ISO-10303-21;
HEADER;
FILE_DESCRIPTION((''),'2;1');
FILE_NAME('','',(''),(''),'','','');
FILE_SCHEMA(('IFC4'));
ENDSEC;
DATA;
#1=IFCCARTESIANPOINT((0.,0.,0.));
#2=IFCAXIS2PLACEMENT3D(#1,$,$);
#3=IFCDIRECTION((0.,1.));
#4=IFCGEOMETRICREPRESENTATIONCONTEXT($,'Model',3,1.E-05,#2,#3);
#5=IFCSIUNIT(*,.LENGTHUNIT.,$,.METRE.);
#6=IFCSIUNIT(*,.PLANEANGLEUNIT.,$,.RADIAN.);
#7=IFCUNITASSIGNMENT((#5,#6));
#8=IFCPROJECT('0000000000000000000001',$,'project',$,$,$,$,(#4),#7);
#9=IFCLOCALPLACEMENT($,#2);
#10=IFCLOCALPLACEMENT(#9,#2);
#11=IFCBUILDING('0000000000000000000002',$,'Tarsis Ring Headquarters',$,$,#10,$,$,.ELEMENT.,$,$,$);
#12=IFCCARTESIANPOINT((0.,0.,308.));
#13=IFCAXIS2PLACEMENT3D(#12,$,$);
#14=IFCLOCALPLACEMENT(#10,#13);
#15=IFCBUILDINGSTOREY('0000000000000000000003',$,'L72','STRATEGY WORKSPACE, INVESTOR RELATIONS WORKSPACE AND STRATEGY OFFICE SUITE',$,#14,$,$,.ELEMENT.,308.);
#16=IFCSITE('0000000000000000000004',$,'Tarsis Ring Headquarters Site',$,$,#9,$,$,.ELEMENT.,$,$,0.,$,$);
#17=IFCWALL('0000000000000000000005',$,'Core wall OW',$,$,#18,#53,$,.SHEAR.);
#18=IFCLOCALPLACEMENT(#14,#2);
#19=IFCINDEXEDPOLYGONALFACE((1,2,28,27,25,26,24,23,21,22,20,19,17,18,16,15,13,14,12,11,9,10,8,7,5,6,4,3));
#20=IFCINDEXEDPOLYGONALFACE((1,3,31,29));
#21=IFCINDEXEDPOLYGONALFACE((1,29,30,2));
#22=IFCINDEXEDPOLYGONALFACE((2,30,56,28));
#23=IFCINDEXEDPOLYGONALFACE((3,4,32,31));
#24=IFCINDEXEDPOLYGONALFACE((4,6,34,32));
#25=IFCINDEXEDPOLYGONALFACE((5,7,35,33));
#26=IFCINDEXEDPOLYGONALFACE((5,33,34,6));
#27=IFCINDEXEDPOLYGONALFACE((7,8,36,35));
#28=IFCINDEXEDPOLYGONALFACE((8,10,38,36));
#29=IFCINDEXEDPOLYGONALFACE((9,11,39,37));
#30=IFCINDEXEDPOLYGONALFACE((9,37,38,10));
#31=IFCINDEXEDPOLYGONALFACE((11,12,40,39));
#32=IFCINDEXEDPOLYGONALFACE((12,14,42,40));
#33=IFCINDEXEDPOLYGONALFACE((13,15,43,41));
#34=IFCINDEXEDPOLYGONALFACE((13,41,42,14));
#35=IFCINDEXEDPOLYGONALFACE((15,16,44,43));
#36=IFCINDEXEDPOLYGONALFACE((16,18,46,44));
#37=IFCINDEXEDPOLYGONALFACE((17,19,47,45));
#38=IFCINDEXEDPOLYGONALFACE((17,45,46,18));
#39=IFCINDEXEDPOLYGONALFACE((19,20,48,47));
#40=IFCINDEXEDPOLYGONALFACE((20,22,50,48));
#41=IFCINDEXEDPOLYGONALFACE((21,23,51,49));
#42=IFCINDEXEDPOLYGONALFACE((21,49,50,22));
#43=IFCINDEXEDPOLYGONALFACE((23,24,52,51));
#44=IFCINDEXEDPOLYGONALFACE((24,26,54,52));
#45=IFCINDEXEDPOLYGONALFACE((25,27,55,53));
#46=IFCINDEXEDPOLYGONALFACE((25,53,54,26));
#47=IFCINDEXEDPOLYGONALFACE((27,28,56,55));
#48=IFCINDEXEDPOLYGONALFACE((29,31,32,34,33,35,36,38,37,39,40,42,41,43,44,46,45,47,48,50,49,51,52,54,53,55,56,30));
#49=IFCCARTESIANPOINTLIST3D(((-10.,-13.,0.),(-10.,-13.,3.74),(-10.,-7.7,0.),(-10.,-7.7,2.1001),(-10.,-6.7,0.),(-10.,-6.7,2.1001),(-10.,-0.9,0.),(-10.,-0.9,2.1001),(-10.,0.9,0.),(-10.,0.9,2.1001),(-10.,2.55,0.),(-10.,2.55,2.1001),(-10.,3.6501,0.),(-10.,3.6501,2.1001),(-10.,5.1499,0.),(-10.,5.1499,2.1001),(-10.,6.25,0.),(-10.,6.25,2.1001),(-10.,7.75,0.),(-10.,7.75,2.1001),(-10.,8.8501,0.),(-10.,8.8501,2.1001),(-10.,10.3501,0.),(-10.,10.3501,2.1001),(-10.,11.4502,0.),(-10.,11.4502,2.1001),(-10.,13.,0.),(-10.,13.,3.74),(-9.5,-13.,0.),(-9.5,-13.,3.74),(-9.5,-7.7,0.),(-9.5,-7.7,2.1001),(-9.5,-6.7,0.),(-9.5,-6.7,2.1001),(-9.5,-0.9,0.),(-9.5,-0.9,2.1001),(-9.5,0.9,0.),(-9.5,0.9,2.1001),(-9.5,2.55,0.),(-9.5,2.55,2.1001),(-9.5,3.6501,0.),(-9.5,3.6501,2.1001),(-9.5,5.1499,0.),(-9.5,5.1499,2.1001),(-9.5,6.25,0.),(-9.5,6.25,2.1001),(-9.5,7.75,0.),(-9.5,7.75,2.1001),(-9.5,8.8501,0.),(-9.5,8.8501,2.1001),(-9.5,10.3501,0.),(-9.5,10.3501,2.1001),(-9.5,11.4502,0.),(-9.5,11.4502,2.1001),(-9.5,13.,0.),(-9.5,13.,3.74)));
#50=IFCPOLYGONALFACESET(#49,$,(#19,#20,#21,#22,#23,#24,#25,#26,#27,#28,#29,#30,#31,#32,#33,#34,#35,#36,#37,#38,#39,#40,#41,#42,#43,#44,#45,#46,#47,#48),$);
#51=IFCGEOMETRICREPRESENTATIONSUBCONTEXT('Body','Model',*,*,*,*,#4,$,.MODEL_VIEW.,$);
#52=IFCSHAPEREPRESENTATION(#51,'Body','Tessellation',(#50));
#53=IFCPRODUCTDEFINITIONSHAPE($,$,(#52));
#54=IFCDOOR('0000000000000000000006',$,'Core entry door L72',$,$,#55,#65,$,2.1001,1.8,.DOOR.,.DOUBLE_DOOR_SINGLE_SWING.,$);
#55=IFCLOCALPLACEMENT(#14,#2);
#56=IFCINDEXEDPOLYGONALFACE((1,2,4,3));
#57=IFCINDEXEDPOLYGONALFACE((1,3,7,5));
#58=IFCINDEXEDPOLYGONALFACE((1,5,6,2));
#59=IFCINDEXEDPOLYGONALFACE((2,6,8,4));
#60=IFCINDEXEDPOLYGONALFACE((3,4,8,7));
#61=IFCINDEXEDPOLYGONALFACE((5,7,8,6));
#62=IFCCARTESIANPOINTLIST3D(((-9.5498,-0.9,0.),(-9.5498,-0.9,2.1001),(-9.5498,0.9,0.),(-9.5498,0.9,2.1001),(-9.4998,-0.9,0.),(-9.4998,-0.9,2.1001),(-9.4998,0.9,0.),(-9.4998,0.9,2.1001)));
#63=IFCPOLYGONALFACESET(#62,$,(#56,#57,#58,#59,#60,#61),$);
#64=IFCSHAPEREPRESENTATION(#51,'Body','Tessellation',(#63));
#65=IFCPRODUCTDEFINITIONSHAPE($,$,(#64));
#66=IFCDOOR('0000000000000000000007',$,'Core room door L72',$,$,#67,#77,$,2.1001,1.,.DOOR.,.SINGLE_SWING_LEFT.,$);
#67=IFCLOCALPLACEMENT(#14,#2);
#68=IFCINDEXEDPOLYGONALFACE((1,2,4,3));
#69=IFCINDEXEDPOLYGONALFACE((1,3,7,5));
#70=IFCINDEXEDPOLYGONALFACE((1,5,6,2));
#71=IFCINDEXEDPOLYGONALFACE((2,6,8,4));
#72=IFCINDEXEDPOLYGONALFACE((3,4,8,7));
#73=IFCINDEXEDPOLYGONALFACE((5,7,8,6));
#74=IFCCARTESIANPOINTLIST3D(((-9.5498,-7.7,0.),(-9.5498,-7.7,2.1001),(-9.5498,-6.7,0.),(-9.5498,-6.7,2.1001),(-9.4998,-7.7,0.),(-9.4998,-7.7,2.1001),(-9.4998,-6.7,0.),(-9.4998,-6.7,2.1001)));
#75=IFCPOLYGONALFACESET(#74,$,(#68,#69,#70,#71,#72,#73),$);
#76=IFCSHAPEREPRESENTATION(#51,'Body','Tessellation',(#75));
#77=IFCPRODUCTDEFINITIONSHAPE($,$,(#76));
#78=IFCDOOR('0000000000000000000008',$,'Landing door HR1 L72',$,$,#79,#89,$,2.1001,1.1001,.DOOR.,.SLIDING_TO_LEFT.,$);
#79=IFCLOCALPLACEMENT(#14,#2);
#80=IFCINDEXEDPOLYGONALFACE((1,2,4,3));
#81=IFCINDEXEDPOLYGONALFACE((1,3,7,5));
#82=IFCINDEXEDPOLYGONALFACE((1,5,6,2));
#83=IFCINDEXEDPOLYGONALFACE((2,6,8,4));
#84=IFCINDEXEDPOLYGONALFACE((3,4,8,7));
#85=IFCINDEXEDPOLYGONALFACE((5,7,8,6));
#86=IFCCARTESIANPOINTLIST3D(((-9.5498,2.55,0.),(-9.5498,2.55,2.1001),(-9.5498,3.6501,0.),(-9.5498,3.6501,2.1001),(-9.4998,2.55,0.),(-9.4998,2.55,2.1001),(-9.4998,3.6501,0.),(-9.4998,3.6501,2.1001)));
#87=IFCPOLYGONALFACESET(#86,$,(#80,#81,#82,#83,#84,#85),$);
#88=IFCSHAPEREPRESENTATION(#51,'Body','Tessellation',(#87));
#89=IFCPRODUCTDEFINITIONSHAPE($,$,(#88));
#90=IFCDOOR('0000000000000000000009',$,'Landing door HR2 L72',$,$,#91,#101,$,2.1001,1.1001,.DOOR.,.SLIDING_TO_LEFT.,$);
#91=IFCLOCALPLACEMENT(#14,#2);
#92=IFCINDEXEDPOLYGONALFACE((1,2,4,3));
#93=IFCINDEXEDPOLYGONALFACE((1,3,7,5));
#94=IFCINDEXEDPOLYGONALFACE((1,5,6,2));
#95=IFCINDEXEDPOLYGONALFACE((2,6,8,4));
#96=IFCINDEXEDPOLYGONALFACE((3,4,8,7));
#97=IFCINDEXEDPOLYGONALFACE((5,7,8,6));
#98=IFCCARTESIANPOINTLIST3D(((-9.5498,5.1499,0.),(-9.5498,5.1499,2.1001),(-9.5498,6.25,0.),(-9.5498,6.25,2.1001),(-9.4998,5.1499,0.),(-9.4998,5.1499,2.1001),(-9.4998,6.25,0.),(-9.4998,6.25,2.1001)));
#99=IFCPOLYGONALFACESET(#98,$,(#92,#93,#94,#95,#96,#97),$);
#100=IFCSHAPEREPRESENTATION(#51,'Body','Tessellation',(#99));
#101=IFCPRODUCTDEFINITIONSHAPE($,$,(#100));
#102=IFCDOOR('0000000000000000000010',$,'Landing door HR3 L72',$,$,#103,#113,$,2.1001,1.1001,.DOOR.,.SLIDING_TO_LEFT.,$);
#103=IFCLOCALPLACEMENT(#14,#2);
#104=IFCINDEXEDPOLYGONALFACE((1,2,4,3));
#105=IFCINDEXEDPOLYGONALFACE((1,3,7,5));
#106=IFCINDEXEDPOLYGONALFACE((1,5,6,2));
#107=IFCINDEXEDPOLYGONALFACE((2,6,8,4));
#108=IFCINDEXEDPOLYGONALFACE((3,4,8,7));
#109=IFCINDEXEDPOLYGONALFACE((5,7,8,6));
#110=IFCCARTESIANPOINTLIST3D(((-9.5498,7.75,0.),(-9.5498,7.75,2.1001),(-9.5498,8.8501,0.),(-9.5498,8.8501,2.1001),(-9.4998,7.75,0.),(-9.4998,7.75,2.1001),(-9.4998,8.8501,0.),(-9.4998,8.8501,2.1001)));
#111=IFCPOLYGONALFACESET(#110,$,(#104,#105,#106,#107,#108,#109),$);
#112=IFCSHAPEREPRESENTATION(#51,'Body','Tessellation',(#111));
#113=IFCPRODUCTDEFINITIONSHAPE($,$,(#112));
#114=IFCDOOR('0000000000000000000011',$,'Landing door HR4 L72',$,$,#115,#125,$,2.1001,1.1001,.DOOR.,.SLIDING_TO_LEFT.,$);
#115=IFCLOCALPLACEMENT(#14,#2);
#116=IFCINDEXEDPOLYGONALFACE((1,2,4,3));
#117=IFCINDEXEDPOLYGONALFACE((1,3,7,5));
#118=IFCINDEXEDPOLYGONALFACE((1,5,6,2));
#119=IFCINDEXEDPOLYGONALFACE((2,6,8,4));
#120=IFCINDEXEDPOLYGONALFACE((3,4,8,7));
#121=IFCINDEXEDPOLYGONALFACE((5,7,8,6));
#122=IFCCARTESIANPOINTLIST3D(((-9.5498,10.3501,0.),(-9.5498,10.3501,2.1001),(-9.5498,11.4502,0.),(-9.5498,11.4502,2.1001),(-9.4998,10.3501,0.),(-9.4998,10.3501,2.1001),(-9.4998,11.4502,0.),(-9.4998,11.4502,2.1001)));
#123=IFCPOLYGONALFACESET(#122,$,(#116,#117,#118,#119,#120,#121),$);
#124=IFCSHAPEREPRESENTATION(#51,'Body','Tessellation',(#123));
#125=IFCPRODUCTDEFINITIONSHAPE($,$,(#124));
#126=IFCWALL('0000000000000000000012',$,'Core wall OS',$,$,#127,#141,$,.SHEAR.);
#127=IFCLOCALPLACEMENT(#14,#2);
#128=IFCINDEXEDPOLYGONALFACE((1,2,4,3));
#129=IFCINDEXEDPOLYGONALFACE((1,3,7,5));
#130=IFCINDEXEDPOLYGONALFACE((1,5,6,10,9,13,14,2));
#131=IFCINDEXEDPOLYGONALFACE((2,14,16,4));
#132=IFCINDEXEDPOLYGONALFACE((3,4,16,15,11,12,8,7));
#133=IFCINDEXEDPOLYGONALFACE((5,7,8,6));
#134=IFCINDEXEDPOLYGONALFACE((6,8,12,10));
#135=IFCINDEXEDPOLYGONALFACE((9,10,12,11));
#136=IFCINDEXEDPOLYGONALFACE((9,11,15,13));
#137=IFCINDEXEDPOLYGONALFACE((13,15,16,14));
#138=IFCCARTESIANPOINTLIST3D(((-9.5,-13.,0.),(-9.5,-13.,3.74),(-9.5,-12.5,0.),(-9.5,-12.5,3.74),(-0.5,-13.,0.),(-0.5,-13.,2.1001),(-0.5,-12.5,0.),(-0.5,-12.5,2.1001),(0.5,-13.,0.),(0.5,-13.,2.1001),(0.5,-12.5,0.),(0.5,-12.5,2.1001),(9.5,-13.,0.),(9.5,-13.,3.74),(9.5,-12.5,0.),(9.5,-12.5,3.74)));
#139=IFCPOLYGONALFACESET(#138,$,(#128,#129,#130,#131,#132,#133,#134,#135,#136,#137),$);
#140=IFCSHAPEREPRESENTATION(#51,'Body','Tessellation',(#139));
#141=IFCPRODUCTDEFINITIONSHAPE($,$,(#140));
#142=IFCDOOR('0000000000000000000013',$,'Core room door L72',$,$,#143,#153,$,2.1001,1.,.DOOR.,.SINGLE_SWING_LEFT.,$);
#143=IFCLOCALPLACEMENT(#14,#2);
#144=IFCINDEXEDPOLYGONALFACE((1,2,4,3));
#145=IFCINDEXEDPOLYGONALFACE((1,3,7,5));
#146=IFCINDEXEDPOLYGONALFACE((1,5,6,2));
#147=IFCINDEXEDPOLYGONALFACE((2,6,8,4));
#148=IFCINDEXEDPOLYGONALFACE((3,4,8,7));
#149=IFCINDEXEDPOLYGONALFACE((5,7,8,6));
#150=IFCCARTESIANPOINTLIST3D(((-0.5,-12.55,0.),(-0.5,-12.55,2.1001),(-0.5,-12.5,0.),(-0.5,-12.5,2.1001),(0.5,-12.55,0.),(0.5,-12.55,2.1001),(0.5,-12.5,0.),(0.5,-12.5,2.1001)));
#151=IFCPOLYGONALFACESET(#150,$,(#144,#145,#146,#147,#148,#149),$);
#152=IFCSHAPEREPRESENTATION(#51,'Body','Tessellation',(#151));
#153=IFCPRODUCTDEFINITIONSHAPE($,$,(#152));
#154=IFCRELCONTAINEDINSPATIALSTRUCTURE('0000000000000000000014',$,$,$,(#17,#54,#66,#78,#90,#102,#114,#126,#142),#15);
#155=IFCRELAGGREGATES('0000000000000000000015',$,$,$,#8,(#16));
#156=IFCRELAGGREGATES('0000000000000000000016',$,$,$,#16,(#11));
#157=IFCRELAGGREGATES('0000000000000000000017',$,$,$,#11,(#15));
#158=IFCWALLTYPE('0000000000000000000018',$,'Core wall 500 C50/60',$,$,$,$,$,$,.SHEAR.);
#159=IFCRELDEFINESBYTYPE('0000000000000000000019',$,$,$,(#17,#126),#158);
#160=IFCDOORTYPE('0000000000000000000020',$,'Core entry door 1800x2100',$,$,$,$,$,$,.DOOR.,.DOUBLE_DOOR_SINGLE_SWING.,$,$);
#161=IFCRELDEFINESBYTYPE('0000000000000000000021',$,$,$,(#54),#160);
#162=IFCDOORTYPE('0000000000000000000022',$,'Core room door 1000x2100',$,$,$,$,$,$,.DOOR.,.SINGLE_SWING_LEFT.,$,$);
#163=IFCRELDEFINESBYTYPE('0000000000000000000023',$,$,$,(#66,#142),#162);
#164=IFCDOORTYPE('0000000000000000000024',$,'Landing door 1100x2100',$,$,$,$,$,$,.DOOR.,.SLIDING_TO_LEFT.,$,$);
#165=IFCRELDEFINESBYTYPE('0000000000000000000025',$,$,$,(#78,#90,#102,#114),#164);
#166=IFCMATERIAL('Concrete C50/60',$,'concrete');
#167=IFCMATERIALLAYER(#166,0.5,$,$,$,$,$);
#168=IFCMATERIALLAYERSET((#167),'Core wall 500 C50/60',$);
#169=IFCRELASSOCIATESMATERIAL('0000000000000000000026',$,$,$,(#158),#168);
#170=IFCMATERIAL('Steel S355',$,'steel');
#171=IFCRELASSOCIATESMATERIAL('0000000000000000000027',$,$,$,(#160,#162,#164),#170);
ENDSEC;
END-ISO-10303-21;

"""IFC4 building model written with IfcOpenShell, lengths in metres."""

from ifc_helpers import new_model, si_unit, direction, frame, frame_2d, origin, place, context, subcontext, project, spatial, rectangle, extrude, material, layer, layer_set, type_object, element, fill, save


model = new_model("IFC4")

# Units and contexts
model_context = context("Model", 3, precision=1e-05, world=origin(), true_north=direction((0.0, 1.0)))
body_context = subcontext(model_context, "Body", "Model", "MODEL_VIEW")
ifc_project = project(units=[si_unit("LENGTHUNIT", "METRE"), si_unit("PLANEANGLEUNIT", "RADIAN")], contexts=[model_context])

# Site, building, storey
site_placement = place(None, origin())
site = spatial("IfcSite", under=ifc_project, at=site_placement, Name="Tarsis Ring Headquarters Site", CompositionType="ELEMENT", RefElevation=0.0)
building_placement = place(site_placement, origin())
building = spatial("IfcBuilding", under=site, at=building_placement, Name="Tarsis Ring Headquarters", CompositionType="ELEMENT")
storey_placement = place(building_placement, frame((0.0, 0.0, 308.0)))
storey = spatial("IfcBuildingStorey", under=building, at=storey_placement, Name="L72", Description="STRATEGY WORKSPACE, INVESTOR RELATIONS WORKSPACE AND STRATEGY OFFICE SUITE", CompositionType="ELEMENT", Elevation=308.0)

# Wall, openings, doors
ifc_material_1 = material(Name="Concrete C50/60", Category="concrete")
ifc_layer_1 = layer(ifc_material_1, 0.5)
ifc_layer_set_1 = layer_set([ifc_layer_1], Name="Core wall 500 C50/60")
wall_type_1 = type_object("IfcWallType", Name="Core wall 500 C50/60", PredefinedType="SHEAR", material=ifc_layer_set_1)
wall_1_placement = place(storey_placement, frame((-9.75, -13.0, 0.0), z_axis=(0.0, 0.0, 1.0), x_axis=(0.0, 1.0, 0.0)))
wall_1 = element("IfcWall", 1, at=wall_1_placement, inside=storey, type_object=wall_type_1, Name="Core wall OW", PredefinedType="SHEAR", context=body_context, shape_type="SweptSolid", body=[
    extrude(rectangle(XDim=26.0, YDim=0.5, at=frame_2d((13.0, 0.0))), origin(), (0.0, 0.0, 1.0), 3.74),
])
opening_1_placement = place(wall_1_placement, frame((5.3, 0.0, 0.0)))
opening_1 = element("IfcOpeningElement", 2, at=opening_1_placement, cuts=wall_1, PredefinedType="OPENING", context=body_context, shape_type="SweptSolid", body=[
    extrude(rectangle(XDim=1.0, YDim=2.1001, at=frame_2d((0.5, 1.05))), frame((0.0, 0.26, 0.0), z_axis=(0.0, -1.0, 0.0), x_axis=(1.0, 0.0, 0.0)), (0.0, 0.0, 1.0), 0.52),
])
opening_2_placement = place(wall_1_placement, frame((12.1001, 0.0, 0.0)))
opening_2 = element("IfcOpeningElement", 3, at=opening_2_placement, cuts=wall_1, PredefinedType="OPENING", context=body_context, shape_type="SweptSolid", body=[
    extrude(rectangle(XDim=1.8, YDim=2.1001, at=frame_2d((0.8999, 1.05))), frame((0.0, 0.26, 0.0), z_axis=(0.0, -1.0, 0.0), x_axis=(1.0, 0.0, 0.0)), (0.0, 0.0, 1.0), 0.52),
])
opening_3_placement = place(wall_1_placement, frame((15.55, 0.0, 0.0)))
opening_3 = element("IfcOpeningElement", 4, at=opening_3_placement, cuts=wall_1, PredefinedType="OPENING", context=body_context, shape_type="SweptSolid", body=[
    extrude(rectangle(XDim=1.1001, YDim=2.1001, at=frame_2d((0.55, 1.05))), frame((0.0, 0.26, 0.0), z_axis=(0.0, -1.0, 0.0), x_axis=(1.0, 0.0, 0.0)), (0.0, 0.0, 1.0), 0.52),
])
opening_4_placement = place(wall_1_placement, frame((18.1499, 0.0, 0.0)))
opening_4 = element("IfcOpeningElement", 5, at=opening_4_placement, cuts=wall_1, PredefinedType="OPENING", context=body_context, shape_type="SweptSolid", body=[
    extrude(rectangle(XDim=1.1001, YDim=2.1001, at=frame_2d((0.55, 1.05))), frame((0.0, 0.26, 0.0), z_axis=(0.0, -1.0, 0.0), x_axis=(1.0, 0.0, 0.0)), (0.0, 0.0, 1.0), 0.52),
])
opening_5_placement = place(wall_1_placement, frame((20.75, 0.0, 0.0)))
opening_5 = element("IfcOpeningElement", 6, at=opening_5_placement, cuts=wall_1, PredefinedType="OPENING", context=body_context, shape_type="SweptSolid", body=[
    extrude(rectangle(XDim=1.1001, YDim=2.1001, at=frame_2d((0.55, 1.05))), frame((0.0, 0.26, 0.0), z_axis=(0.0, -1.0, 0.0), x_axis=(1.0, 0.0, 0.0)), (0.0, 0.0, 1.0), 0.52),
])
opening_6_placement = place(wall_1_placement, frame((23.3501, 0.0, 0.0)))
opening_6 = element("IfcOpeningElement", 7, at=opening_6_placement, cuts=wall_1, PredefinedType="OPENING", context=body_context, shape_type="SweptSolid", body=[
    extrude(rectangle(XDim=1.1001, YDim=2.1001, at=frame_2d((0.55, 1.05))), frame((0.0, 0.26, 0.0), z_axis=(0.0, -1.0, 0.0), x_axis=(1.0, 0.0, 0.0)), (0.0, 0.0, 1.0), 0.52),
])
ifc_material_2 = material(Name="Steel S355", Category="steel")
door_type_1 = type_object("IfcDoorType", Name="Core entry door 1800x2100", OperationType="DOUBLE_DOOR_SINGLE_SWING", PredefinedType="DOOR", material=ifc_material_2)
door_1_placement = place(opening_2_placement, origin())
door_1 = element("IfcDoor", 8, at=door_1_placement, inside=storey, type_object=door_type_1, Name="Core entry door L72", OperationType="DOUBLE_DOOR_SINGLE_SWING", OverallHeight=2.1001, OverallWidth=1.8, PredefinedType="DOOR", context=body_context, shape_type="SweptSolid", body=[
    extrude(rectangle(XDim=1.8, YDim=2.1001, at=frame_2d((0.8999, 1.05))), frame((0.0, -0.2002, 0.0), z_axis=(0.0, -1.0, 0.0), x_axis=(1.0, 0.0, 0.0)), (0.0, 0.0, 1.0), 0.05),
])
fill(opening_2, door_1)
door_type_2 = type_object("IfcDoorType", Name="Core room door 1000x2100", OperationType="SINGLE_SWING_LEFT", PredefinedType="DOOR", material=ifc_material_2)
door_2_placement = place(opening_1_placement, origin())
door_2 = element("IfcDoor", 9, at=door_2_placement, inside=storey, type_object=door_type_2, Name="Core room door L72", OperationType="SINGLE_SWING_LEFT", OverallHeight=2.1001, OverallWidth=1.0, PredefinedType="DOOR", context=body_context, shape_type="SweptSolid", body=[
    extrude(rectangle(XDim=1.0, YDim=2.1001, at=frame_2d((0.5, 1.05))), frame((0.0, -0.2002, 0.0), z_axis=(0.0, -1.0, 0.0), x_axis=(1.0, 0.0, 0.0)), (0.0, 0.0, 1.0), 0.05),
])
fill(opening_1, door_2)
door_type_3 = type_object("IfcDoorType", Name="Landing door 1100x2100", OperationType="SLIDING_TO_LEFT", PredefinedType="DOOR", material=ifc_material_2)
door_3_placement = place(opening_3_placement, origin())
door_3 = element("IfcDoor", 10, at=door_3_placement, inside=storey, type_object=door_type_3, Name="Landing door HR1 L72", OperationType="SLIDING_TO_LEFT", OverallHeight=2.1001, OverallWidth=1.1001, PredefinedType="DOOR", context=body_context, shape_type="SweptSolid", body=[
    extrude(rectangle(XDim=1.1001, YDim=2.1001, at=frame_2d((0.55, 1.05))), frame((0.0, -0.2002, 0.0), z_axis=(0.0, -1.0, 0.0), x_axis=(1.0, 0.0, 0.0)), (0.0, 0.0, 1.0), 0.05),
])
fill(opening_3, door_3)
door_4_placement = place(opening_4_placement, origin())
door_4 = element("IfcDoor", 11, at=door_4_placement, inside=storey, type_object=door_type_3, Name="Landing door HR2 L72", OperationType="SLIDING_TO_LEFT", OverallHeight=2.1001, OverallWidth=1.1001, PredefinedType="DOOR", context=body_context, shape_type="SweptSolid", body=[
    extrude(rectangle(XDim=1.1001, YDim=2.1001, at=frame_2d((0.55, 1.05))), frame((0.0, -0.2002, 0.0), z_axis=(0.0, -1.0, 0.0), x_axis=(1.0, 0.0, 0.0)), (0.0, 0.0, 1.0), 0.05),
])
fill(opening_4, door_4)
door_5_placement = place(opening_5_placement, origin())
door_5 = element("IfcDoor", 12, at=door_5_placement, inside=storey, type_object=door_type_3, Name="Landing door HR3 L72", OperationType="SLIDING_TO_LEFT", OverallHeight=2.1001, OverallWidth=1.1001, PredefinedType="DOOR", context=body_context, shape_type="SweptSolid", body=[
    extrude(rectangle(XDim=1.1001, YDim=2.1001, at=frame_2d((0.55, 1.05))), frame((0.0, -0.2002, 0.0), z_axis=(0.0, -1.0, 0.0), x_axis=(1.0, 0.0, 0.0)), (0.0, 0.0, 1.0), 0.05),
])
fill(opening_5, door_5)
door_6_placement = place(opening_6_placement, origin())
door_6 = element("IfcDoor", 13, at=door_6_placement, inside=storey, type_object=door_type_3, Name="Landing door HR4 L72", OperationType="SLIDING_TO_LEFT", OverallHeight=2.1001, OverallWidth=1.1001, PredefinedType="DOOR", context=body_context, shape_type="SweptSolid", body=[
    extrude(rectangle(XDim=1.1001, YDim=2.1001, at=frame_2d((0.55, 1.05))), frame((0.0, -0.2002, 0.0), z_axis=(0.0, -1.0, 0.0), x_axis=(1.0, 0.0, 0.0)), (0.0, 0.0, 1.0), 0.05),
])
fill(opening_6, door_6)

# Wall, opening, door
wall_2_placement = place(storey_placement, frame((-9.5, -12.75, 0.0), z_axis=(0.0, 0.0, 1.0), x_axis=(1.0, 0.0, 0.0)))
wall_2 = element("IfcWall", 14, at=wall_2_placement, inside=storey, type_object=wall_type_1, Name="Core wall OS", PredefinedType="SHEAR", context=body_context, shape_type="SweptSolid", body=[
    extrude(rectangle(XDim=19.0, YDim=0.5, at=frame_2d((9.5, 0.0))), origin(), (0.0, 0.0, 1.0), 3.74),
])
opening_7_placement = place(wall_2_placement, frame((9.0, 0.0, 0.0)))
opening_7 = element("IfcOpeningElement", 15, at=opening_7_placement, cuts=wall_2, PredefinedType="OPENING", context=body_context, shape_type="SweptSolid", body=[
    extrude(rectangle(XDim=1.0, YDim=2.1001, at=frame_2d((0.5, 1.05))), frame((0.0, 0.26, 0.0), z_axis=(0.0, -1.0, 0.0), x_axis=(1.0, 0.0, 0.0)), (0.0, 0.0, 1.0), 0.52),
])
door_7_placement = place(opening_7_placement, origin())
door_7 = element("IfcDoor", 16, at=door_7_placement, inside=storey, type_object=door_type_2, Name="Core room door L72", OperationType="SINGLE_SWING_LEFT", OverallHeight=2.1001, OverallWidth=1.0, PredefinedType="DOOR", context=body_context, shape_type="SweptSolid", body=[
    extrude(rectangle(XDim=1.0, YDim=2.1001, at=frame_2d((0.5, 1.05))), frame((0.0, 0.25, 0.0), z_axis=(0.0, -1.0, 0.0), x_axis=(1.0, 0.0, 0.0)), (0.0, 0.0, 1.0), 0.05),
])
fill(opening_7, door_7)

save(model, "model.ifc")
